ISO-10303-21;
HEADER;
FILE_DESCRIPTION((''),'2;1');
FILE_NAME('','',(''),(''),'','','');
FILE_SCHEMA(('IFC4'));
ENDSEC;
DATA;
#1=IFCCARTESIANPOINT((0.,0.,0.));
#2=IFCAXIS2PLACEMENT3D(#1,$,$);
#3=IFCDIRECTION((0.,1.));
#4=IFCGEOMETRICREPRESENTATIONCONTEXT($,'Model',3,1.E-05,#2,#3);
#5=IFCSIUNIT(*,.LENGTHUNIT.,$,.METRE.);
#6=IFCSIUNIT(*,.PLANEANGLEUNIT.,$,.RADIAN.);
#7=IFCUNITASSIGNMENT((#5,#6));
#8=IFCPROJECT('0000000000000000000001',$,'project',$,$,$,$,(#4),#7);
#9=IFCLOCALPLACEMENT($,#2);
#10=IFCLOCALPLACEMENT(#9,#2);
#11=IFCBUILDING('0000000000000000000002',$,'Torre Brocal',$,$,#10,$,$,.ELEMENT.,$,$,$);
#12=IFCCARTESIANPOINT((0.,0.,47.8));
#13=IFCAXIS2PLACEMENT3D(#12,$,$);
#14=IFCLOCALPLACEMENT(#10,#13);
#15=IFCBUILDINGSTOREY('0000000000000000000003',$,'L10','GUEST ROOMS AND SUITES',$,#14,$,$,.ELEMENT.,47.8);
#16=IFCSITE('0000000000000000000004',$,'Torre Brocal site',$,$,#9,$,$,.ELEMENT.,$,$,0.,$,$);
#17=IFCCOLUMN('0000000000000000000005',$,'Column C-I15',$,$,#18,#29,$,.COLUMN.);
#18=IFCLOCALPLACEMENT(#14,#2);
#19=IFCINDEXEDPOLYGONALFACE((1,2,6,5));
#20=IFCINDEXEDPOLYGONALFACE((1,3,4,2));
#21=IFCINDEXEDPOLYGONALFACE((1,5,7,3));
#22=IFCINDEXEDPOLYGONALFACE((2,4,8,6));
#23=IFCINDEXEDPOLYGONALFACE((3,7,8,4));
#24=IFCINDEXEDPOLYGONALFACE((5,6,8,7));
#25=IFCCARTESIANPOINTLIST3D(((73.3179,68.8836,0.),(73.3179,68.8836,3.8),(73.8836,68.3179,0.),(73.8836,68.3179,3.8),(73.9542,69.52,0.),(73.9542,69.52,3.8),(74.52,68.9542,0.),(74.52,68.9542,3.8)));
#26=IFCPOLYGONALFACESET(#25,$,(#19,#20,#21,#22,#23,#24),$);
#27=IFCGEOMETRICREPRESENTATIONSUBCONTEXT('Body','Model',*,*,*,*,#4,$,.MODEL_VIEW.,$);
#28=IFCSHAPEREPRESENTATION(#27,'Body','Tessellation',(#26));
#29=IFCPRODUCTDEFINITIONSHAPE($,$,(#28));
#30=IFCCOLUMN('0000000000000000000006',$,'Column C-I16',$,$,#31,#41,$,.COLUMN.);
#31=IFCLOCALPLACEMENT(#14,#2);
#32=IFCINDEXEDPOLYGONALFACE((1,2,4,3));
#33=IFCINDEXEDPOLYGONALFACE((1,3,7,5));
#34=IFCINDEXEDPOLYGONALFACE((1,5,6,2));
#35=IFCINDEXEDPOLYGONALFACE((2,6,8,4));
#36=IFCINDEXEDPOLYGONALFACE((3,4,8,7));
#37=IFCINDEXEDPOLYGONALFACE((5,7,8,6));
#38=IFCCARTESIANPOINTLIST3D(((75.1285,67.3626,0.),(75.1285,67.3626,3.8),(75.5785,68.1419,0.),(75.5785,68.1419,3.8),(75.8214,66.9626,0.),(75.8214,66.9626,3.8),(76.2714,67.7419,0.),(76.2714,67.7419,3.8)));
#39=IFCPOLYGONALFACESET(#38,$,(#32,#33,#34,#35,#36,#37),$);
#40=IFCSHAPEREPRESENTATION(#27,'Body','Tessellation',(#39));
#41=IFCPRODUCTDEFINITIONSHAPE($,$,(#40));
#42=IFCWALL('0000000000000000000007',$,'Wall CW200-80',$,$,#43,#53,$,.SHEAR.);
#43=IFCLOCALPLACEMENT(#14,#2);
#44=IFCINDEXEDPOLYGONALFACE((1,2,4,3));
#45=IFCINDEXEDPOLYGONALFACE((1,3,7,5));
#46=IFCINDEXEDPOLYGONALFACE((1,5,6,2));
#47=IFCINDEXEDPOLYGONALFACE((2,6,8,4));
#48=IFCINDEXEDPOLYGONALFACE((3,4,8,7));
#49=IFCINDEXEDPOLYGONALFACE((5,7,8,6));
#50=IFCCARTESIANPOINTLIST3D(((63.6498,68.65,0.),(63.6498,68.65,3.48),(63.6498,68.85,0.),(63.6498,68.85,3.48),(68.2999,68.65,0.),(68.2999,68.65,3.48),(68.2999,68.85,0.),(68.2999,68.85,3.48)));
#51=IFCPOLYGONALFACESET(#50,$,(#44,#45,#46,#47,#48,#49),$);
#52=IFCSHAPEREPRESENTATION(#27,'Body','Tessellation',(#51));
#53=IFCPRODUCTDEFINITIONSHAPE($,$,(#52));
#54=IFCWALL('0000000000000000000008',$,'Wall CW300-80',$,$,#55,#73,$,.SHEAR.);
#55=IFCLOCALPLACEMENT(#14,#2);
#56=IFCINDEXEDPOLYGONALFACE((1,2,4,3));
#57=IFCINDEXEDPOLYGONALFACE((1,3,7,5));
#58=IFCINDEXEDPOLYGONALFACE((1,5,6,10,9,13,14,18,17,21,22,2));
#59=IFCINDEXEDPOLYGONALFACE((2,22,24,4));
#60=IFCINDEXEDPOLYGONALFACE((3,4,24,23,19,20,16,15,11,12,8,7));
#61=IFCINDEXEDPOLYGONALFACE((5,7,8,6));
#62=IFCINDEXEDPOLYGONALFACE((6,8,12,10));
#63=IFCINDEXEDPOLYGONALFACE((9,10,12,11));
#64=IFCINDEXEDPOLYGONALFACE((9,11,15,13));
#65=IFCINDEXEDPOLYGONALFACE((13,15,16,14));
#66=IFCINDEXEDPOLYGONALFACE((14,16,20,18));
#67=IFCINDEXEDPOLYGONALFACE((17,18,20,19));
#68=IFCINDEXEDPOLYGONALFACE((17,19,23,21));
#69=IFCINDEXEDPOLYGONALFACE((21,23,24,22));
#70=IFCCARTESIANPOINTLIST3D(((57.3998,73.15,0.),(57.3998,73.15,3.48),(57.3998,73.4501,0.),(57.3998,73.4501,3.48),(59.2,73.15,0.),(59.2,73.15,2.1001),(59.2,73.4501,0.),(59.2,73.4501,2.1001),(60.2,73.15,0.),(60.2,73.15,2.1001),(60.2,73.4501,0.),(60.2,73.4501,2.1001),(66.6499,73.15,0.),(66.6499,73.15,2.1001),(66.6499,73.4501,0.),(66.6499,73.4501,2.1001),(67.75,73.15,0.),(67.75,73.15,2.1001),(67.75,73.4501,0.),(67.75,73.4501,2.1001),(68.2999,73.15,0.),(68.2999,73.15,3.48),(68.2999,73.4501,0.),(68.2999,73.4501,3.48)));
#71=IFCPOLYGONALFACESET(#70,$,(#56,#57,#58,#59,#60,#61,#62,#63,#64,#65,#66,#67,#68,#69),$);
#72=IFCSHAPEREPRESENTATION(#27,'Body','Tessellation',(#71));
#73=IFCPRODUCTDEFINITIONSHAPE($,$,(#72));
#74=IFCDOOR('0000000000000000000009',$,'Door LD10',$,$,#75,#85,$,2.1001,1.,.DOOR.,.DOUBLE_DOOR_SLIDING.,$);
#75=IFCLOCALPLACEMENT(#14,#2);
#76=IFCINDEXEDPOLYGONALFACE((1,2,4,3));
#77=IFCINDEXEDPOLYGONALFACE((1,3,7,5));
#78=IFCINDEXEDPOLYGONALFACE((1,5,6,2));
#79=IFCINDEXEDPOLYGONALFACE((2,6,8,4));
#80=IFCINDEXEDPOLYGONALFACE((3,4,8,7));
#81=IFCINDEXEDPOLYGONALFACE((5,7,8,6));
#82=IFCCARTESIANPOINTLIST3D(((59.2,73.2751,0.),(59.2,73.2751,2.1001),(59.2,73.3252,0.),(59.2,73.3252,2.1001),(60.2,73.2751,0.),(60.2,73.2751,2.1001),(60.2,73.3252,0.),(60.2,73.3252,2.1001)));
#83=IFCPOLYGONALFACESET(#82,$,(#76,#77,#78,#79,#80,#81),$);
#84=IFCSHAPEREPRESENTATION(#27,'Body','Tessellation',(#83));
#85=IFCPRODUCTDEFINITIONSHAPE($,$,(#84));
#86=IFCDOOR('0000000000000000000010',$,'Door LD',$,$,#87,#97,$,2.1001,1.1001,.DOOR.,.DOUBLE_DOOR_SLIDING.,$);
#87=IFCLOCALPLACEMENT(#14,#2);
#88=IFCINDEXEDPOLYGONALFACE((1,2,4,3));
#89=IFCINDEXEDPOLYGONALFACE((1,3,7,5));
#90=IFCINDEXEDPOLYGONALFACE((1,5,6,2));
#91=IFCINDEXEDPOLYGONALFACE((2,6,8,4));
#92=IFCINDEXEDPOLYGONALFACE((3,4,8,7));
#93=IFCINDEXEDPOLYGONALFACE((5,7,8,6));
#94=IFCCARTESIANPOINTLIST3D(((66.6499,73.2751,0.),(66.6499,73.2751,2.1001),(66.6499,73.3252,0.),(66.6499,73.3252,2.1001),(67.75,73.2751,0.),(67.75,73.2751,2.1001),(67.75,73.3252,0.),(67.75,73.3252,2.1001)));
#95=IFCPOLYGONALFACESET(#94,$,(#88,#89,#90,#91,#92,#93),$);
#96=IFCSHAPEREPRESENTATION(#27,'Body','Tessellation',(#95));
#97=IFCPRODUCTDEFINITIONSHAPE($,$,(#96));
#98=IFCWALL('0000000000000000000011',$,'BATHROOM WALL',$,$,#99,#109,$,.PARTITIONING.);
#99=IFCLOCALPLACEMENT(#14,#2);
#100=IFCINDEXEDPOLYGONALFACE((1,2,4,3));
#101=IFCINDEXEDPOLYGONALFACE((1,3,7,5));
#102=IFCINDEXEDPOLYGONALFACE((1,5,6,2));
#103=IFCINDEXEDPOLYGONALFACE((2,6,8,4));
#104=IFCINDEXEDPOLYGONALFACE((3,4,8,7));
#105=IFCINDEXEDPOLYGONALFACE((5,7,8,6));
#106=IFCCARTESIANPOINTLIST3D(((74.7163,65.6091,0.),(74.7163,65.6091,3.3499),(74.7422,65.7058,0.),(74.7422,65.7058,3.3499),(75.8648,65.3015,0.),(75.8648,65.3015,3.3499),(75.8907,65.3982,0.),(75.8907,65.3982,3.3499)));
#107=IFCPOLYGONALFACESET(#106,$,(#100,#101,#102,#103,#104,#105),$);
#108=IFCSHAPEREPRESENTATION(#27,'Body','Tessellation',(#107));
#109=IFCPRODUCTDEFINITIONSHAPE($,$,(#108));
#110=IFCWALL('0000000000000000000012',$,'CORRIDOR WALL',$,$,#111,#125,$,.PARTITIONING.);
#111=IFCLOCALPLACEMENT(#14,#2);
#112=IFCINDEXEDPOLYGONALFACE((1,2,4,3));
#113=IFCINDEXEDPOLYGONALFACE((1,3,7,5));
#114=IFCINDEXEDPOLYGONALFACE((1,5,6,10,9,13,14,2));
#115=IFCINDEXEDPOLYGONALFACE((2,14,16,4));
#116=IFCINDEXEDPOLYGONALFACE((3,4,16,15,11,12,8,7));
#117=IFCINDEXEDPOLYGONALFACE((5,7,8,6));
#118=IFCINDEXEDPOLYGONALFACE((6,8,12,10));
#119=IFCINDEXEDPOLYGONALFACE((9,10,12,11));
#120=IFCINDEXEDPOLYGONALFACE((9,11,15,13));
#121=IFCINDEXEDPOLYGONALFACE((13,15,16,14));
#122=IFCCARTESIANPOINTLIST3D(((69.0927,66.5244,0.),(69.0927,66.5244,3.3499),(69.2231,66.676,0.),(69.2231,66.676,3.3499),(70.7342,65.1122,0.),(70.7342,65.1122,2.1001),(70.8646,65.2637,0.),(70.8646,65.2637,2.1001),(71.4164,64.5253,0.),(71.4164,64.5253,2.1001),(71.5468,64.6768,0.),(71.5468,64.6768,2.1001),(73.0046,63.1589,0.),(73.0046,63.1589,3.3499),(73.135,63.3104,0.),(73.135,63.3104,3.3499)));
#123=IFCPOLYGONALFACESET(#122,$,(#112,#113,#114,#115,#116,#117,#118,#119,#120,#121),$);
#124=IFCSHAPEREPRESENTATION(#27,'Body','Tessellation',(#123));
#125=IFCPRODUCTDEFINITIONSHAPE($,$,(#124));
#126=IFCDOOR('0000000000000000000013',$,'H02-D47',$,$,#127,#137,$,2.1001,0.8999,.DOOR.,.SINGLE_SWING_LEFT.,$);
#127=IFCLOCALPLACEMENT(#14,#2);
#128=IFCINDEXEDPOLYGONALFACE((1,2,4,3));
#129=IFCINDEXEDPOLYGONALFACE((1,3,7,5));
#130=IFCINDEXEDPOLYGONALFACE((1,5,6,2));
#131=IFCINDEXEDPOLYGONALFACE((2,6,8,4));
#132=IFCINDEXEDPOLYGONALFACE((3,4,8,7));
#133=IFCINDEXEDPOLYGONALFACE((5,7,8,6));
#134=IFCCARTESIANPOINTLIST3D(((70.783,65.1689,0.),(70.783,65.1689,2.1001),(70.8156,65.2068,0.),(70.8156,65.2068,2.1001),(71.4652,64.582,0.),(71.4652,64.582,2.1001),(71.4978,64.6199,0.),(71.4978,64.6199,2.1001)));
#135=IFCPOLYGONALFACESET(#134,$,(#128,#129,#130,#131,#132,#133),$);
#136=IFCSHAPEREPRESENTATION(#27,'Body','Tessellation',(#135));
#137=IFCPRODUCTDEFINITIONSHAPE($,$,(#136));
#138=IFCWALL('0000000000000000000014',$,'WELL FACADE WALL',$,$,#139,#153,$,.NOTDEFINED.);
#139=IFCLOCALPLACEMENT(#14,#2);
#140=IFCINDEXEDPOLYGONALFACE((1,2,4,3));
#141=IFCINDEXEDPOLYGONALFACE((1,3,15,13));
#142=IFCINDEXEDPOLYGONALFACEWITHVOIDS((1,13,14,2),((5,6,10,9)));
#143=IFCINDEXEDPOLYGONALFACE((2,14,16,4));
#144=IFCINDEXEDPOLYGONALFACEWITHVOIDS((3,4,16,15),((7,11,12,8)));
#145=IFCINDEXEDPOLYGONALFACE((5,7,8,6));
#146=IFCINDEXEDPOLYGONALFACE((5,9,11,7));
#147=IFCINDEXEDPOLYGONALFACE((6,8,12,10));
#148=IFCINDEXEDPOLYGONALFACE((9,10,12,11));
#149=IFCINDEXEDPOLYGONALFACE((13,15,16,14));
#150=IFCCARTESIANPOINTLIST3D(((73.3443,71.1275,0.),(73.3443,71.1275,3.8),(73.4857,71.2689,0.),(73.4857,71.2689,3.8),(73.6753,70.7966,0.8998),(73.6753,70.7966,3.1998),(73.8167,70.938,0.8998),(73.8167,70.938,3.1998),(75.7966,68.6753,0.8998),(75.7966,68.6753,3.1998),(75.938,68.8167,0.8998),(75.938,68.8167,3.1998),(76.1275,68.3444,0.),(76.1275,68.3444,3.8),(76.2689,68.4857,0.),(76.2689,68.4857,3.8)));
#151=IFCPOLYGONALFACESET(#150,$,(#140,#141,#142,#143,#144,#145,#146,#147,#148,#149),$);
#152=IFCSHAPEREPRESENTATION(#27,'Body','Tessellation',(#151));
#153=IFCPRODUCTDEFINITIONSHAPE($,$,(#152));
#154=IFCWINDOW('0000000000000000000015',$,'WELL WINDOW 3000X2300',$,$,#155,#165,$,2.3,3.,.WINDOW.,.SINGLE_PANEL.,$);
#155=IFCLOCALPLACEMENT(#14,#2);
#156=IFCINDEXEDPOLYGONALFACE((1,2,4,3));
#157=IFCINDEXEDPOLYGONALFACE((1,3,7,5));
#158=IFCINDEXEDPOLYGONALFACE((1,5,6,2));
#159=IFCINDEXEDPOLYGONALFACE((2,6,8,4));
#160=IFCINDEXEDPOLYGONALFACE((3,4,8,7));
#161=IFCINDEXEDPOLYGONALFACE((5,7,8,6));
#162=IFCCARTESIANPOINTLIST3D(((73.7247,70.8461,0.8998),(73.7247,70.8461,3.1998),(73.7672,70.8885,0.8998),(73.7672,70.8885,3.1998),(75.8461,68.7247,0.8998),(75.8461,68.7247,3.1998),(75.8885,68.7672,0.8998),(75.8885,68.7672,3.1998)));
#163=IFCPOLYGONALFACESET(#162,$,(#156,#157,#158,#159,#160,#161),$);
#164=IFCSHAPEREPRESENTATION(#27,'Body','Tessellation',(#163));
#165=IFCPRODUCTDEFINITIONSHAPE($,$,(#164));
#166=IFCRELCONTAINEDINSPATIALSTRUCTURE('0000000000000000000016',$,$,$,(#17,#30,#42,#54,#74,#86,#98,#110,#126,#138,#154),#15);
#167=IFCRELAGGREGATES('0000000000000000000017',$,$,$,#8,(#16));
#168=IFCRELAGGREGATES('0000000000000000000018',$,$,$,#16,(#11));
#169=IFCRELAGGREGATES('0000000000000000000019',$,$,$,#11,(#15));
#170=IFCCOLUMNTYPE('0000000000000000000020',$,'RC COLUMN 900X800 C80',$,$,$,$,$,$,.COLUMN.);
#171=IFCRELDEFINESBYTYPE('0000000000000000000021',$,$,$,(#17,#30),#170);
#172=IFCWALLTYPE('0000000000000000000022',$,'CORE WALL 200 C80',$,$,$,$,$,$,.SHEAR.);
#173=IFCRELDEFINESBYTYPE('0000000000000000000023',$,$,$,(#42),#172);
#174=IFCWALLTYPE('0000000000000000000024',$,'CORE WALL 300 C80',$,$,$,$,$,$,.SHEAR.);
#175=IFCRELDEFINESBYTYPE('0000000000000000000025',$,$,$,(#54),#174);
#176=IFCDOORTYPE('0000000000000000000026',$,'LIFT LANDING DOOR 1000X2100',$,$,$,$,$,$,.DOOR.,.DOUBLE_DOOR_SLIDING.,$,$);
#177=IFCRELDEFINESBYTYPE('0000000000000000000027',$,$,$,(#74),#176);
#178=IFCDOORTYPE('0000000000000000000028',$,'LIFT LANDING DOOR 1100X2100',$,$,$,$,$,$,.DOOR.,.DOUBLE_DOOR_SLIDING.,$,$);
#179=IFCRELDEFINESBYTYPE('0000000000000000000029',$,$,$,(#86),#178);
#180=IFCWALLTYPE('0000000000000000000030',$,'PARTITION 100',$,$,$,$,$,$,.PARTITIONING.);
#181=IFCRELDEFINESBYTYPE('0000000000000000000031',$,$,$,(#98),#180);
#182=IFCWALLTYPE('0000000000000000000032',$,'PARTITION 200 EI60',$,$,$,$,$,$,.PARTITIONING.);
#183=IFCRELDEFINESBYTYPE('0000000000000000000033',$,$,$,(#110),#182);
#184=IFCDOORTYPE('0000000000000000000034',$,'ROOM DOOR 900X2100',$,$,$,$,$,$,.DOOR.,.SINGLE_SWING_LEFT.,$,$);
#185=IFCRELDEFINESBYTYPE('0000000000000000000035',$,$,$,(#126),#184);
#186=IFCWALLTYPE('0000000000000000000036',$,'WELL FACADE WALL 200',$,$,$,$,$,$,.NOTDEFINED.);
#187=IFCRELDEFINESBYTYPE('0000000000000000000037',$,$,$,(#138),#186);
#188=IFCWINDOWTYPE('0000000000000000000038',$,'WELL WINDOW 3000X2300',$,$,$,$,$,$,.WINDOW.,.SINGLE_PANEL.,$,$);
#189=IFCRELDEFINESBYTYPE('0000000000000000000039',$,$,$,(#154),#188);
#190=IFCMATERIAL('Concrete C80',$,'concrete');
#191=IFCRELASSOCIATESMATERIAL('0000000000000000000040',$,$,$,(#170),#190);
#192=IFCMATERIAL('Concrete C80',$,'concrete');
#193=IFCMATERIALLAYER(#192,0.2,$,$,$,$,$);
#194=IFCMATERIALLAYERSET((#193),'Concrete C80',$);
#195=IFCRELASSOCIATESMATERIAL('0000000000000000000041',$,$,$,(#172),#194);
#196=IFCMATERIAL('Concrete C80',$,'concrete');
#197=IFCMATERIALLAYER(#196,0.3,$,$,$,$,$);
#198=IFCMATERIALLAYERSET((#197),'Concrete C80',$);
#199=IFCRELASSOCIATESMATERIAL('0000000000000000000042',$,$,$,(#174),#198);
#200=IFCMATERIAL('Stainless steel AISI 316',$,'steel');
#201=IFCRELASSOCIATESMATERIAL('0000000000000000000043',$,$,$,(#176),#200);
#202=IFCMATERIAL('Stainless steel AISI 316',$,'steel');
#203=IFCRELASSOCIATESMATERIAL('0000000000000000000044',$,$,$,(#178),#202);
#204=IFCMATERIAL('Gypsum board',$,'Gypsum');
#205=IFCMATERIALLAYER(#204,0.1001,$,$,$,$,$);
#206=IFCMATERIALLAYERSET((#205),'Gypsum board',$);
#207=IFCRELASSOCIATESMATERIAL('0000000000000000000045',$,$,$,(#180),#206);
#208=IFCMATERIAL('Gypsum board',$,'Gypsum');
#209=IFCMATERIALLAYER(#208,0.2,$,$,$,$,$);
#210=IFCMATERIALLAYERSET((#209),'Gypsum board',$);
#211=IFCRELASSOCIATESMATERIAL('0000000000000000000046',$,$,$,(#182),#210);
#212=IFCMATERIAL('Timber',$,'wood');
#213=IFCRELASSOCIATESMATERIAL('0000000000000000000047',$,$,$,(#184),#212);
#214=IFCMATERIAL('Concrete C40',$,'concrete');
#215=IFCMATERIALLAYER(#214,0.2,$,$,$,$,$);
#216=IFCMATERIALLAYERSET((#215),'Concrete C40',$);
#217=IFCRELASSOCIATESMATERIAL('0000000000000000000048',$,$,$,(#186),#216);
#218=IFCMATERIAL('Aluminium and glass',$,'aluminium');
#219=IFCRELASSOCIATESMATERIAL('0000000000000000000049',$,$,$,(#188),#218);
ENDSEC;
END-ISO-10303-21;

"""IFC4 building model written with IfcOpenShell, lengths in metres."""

from ifc_helpers import new_model, si_unit, direction, frame, frame_2d, origin, origin_2d, place, context, subcontext, project, spatial, rectangle, extrude, material, layer, layer_set, material_profile, profile_set, type_object, element, fill, save


model = new_model("IFC4")

# Units and contexts
model_context = context("Model", 3, precision=1e-05, world=origin(), true_north=direction((0.0, 1.0)))
body_context = subcontext(model_context, "Body", "Model", "MODEL_VIEW")
ifc_project = project(units=[si_unit("LENGTHUNIT", "METRE"), si_unit("PLANEANGLEUNIT", "RADIAN")], contexts=[model_context])

# Site, building, storey
site_placement = place(None, origin())
site = spatial("IfcSite", under=ifc_project, at=site_placement, Name="Torre Brocal site", CompositionType="ELEMENT", RefElevation=0.0)
building_placement = place(site_placement, origin())
building = spatial("IfcBuilding", under=site, at=building_placement, Name="Torre Brocal", CompositionType="ELEMENT")
storey_placement = place(building_placement, frame((0.0, 0.0, 47.8)))
storey = spatial("IfcBuildingStorey", under=building, at=storey_placement, Name="L10", Description="GUEST ROOMS AND SUITES", CompositionType="ELEMENT", Elevation=47.8)

# Columns
ifc_material_1 = material(Name="Concrete C80", Category="concrete")
ifc_material_profile = material_profile(ifc_material_1, rectangle(XDim=0.8999, YDim=0.8, at=origin_2d()), Name="RC 900X800")
ifc_profile_set = profile_set([ifc_material_profile], Name="Concrete C80")
column_type = type_object("IfcColumnType", Name="RC COLUMN 900X800 C80", PredefinedType="COLUMN", material=ifc_profile_set)
for number, where, z_axis, x_axis, name in (
    (1, (73.9189, 68.9189, 0.0), (0.0, 0.0, 1.0), (-0.707107, -0.707107, 0.0), "Column C-I15"),
    (2, (75.7, 67.5522, 0.0), (0.0, 0.0, 1.0), (-0.5, -0.866025, 0.0), "Column C-I16"),
):
    element("IfcColumn", number, at=place(storey_placement, frame(where, z_axis=z_axis, x_axis=x_axis)), inside=storey, type_object=column_type, Name=name, PredefinedType="COLUMN", context=body_context, shape_type="SweptSolid", body=[
        extrude(rectangle(XDim=0.8999, YDim=0.8, at=origin_2d()), origin(), (0.0, 0.0, 1.0), 3.8),
    ])

# Wall
ifc_material_2 = material(Name="Concrete C80", Category="concrete")
ifc_layer_1 = layer(ifc_material_2, 0.2)
ifc_layer_set_1 = layer_set([ifc_layer_1], Name="Concrete C80")
wall_type_1 = type_object("IfcWallType", Name="CORE WALL 200 C80", PredefinedType="SHEAR", material=ifc_layer_set_1)
wall_1_placement = place(storey_placement, frame((68.3, 68.75, 0.0), z_axis=(0.0, 0.0, 1.0), x_axis=(-1.0, 0.0, 0.0)))
element("IfcWall", 3, at=wall_1_placement, inside=storey, type_object=wall_type_1, Name="Wall CW200-80", PredefinedType="SHEAR", context=body_context, shape_type="SweptSolid", body=[
    extrude(rectangle(XDim=4.6501, YDim=0.2, at=frame_2d((2.3252, 0.0))), origin(), (0.0, 0.0, 1.0), 3.48),
])

# Wall, openings, doors
ifc_material_3 = material(Name="Concrete C80", Category="concrete")
ifc_layer_2 = layer(ifc_material_3, 0.3)
ifc_layer_set_2 = layer_set([ifc_layer_2], Name="Concrete C80")
wall_type_2 = type_object("IfcWallType", Name="CORE WALL 300 C80", PredefinedType="SHEAR", material=ifc_layer_set_2)
wall_2_placement = place(storey_placement, frame((68.3, 73.3, 0.0), z_axis=(0.0, 0.0, 1.0), x_axis=(-1.0, 0.0, 0.0)))
wall_2 = element("IfcWall", 4, at=wall_2_placement, inside=storey, type_object=wall_type_2, Name="Wall CW300-80", PredefinedType="SHEAR", context=body_context, shape_type="SweptSolid", body=[
    extrude(rectangle(XDim=10.9001, YDim=0.3, at=frame_2d((5.4502, 0.0))), origin(), (0.0, 0.0, 1.0), 3.48),
])
opening_1_placement = place(wall_2_placement, frame((0.55, 0.0, 0.0)))
opening_1 = element("IfcOpeningElement", 5, at=opening_1_placement, cuts=wall_2, PredefinedType="OPENING", context=body_context, shape_type="SweptSolid", body=[
    extrude(rectangle(XDim=1.1001, YDim=2.1001, at=frame_2d((0.55, 1.05))), frame((0.0, 0.1599, 0.0), z_axis=(0.0, -1.0, 0.0), x_axis=(1.0, 0.0, 0.0)), (0.0, 0.0, 1.0), 0.3201),
])
opening_2_placement = place(wall_2_placement, frame((8.1001, 0.0, 0.0)))
opening_2 = element("IfcOpeningElement", 6, at=opening_2_placement, cuts=wall_2, PredefinedType="OPENING", context=body_context, shape_type="SweptSolid", body=[
    extrude(rectangle(XDim=1.0, YDim=2.1001, at=frame_2d((0.5, 1.05))), frame((0.0, 0.1599, 0.0), z_axis=(0.0, -1.0, 0.0), x_axis=(1.0, 0.0, 0.0)), (0.0, 0.0, 1.0), 0.3201),
])
ifc_material_4 = material(Name="Stainless steel AISI 316", Category="steel")
door_type_1 = type_object("IfcDoorType", Name="LIFT LANDING DOOR 1000X2100", OperationType="DOUBLE_DOOR_SLIDING", PredefinedType="DOOR", material=ifc_material_4)
door_1_placement = place(opening_2_placement, origin())
door_1 = element("IfcDoor", 7, at=door_1_placement, inside=storey, type_object=door_type_1, Name="Door LD10", OperationType="DOUBLE_DOOR_SLIDING", OverallHeight=2.1001, OverallWidth=1.0, PredefinedType="DOOR", context=body_context, shape_type="SweptSolid", body=[
    extrude(rectangle(XDim=1.0, YDim=2.1001, at=frame_2d((0.5, 1.05))), frame((0.0, 0.0249, 0.0), z_axis=(0.0, -1.0, 0.0), x_axis=(1.0, 0.0, 0.0)), (0.0, 0.0, 1.0), 0.05),
])
fill(opening_2, door_1)
ifc_material_5 = material(Name="Stainless steel AISI 316", Category="steel")
door_type_2 = type_object("IfcDoorType", Name="LIFT LANDING DOOR 1100X2100", OperationType="DOUBLE_DOOR_SLIDING", PredefinedType="DOOR", material=ifc_material_5)
door_2_placement = place(opening_1_placement, origin())
door_2 = element("IfcDoor", 8, at=door_2_placement, inside=storey, type_object=door_type_2, Name="Door LD", OperationType="DOUBLE_DOOR_SLIDING", OverallHeight=2.1001, OverallWidth=1.1001, PredefinedType="DOOR", context=body_context, shape_type="SweptSolid", body=[
    extrude(rectangle(XDim=1.1001, YDim=2.1001, at=frame_2d((0.55, 1.05))), frame((0.0, 0.0249, 0.0), z_axis=(0.0, -1.0, 0.0), x_axis=(1.0, 0.0, 0.0)), (0.0, 0.0, 1.0), 0.05),
])
fill(opening_1, door_2)

# Wall
ifc_material_6 = material(Name="Gypsum board", Category="Gypsum")
ifc_layer_3 = layer(ifc_material_6, 0.1001)
ifc_layer_set_3 = layer_set([ifc_layer_3], Name="Gypsum board")
wall_type_3 = type_object("IfcWallType", Name="PARTITION 100", PredefinedType="PARTITIONING", material=ifc_layer_set_3)
wall_3_placement = place(storey_placement, frame((74.7292, 65.6575, 0.0), z_axis=(0.0, 0.0, 1.0), x_axis=(0.965948, -0.258736, 0.0)))
element("IfcWall", 9, at=wall_3_placement, inside=storey, type_object=wall_type_3, Name="BATHROOM WALL", PredefinedType="PARTITIONING", context=body_context, shape_type="SweptSolid", body=[
    extrude(rectangle(XDim=1.189, YDim=0.1001, at=frame_2d((0.5945, 0.0))), origin(), (0.0, 0.0, 1.0), 3.3499),
])

# Wall, opening, door
ifc_material_7 = material(Name="Gypsum board", Category="Gypsum")
ifc_layer_4 = layer(ifc_material_7, 0.2)
ifc_layer_set_4 = layer_set([ifc_layer_4], Name="Gypsum board")
wall_type_4 = type_object("IfcWallType", Name="PARTITION 200 EI60", PredefinedType="PARTITIONING", material=ifc_layer_set_4)
wall_4_placement = place(storey_placement, frame((69.158, 66.6001, 0.0), z_axis=(0.0, 0.0, 1.0), x_axis=(0.758063, -0.652181, 0.0)))
wall_4 = element("IfcWall", 10, at=wall_4_placement, inside=storey, type_object=wall_type_4, Name="CORRIDOR WALL", PredefinedType="PARTITIONING", context=body_context, shape_type="SweptSolid", body=[
    extrude(rectangle(XDim=5.1604, YDim=0.2, at=frame_2d((2.5801, 0.0))), origin(), (0.0, 0.0, 1.0), 3.3499),
])
opening_3_placement = place(wall_4_placement, frame((2.1653, 0.0, 0.0)))
opening_3 = element("IfcOpeningElement", 11, at=opening_3_placement, cuts=wall_4, PredefinedType="OPENING", context=body_context, shape_type="SweptSolid", body=[
    extrude(rectangle(XDim=0.8999, YDim=2.1001, at=frame_2d((0.45, 1.05))), frame((0.0, 0.1099, 0.0), z_axis=(0.0, -1.0, 0.0), x_axis=(1.0, 0.0, 0.0)), (0.0, 0.0, 1.0), 0.22),
])
ifc_material_8 = material(Name="Timber", Category="wood")
door_type_3 = type_object("IfcDoorType", Name="ROOM DOOR 900X2100", OperationType="SINGLE_SWING_LEFT", PredefinedType="DOOR", material=ifc_material_8)
door_3_placement = place(opening_3_placement, origin())
door_3 = element("IfcDoor", 12, at=door_3_placement, inside=storey, type_object=door_type_3, Name="H02-D47", OperationType="SINGLE_SWING_LEFT", OverallHeight=2.1001, OverallWidth=0.8999, PredefinedType="DOOR", context=body_context, shape_type="SweptSolid", body=[
    extrude(rectangle(XDim=0.8999, YDim=2.1001, at=frame_2d((0.45, 1.05))), frame((0.0, 0.0249, 0.0), z_axis=(0.0, -1.0, 0.0), x_axis=(1.0, 0.0, 0.0)), (0.0, 0.0, 1.0), 0.05),
])
fill(opening_3, door_3)

# Wall, opening, window
ifc_material_9 = material(Name="Concrete C40", Category="concrete")
ifc_layer_5 = layer(ifc_material_9, 0.2)
ifc_layer_set_5 = layer_set([ifc_layer_5], Name="Concrete C40")
wall_type_5 = type_object("IfcWallType", Name="WELL FACADE WALL 200", PredefinedType="NOTDEFINED", material=ifc_layer_set_5)
wall_5_placement = place(storey_placement, frame((73.415, 71.1982, 0.0), z_axis=(0.0, 0.0, 1.0), x_axis=(0.707107, -0.707107, 0.0)))
wall_5 = element("IfcWall", 13, at=wall_5_placement, inside=storey, type_object=wall_type_5, Name="WELL FACADE WALL", PredefinedType="NOTDEFINED", context=body_context, shape_type="SweptSolid", body=[
    extrude(rectangle(XDim=3.936, YDim=0.2, at=frame_2d((1.968, 0.0))), origin(), (0.0, 0.0, 1.0), 3.8),
])
opening_4_placement = place(wall_5_placement, frame((0.468, 0.0, 0.8999)))
opening_4 = element("IfcOpeningElement", 14, at=opening_4_placement, cuts=wall_5, PredefinedType="OPENING", context=body_context, shape_type="SweptSolid", body=[
    extrude(rectangle(XDim=3.0, YDim=2.3, at=frame_2d((1.5, 1.1499))), frame((0.0, 0.1099, 0.0), z_axis=(0.0, -1.0, 0.0), x_axis=(1.0, 0.0, 0.0)), (0.0, 0.0, 1.0), 0.22),
])
ifc_material_10 = material(Name="Aluminium and glass", Category="aluminium")
window_type = type_object("IfcWindowType", Name="WELL WINDOW 3000X2300", PartitioningType="SINGLE_PANEL", PredefinedType="WINDOW", material=ifc_material_10)
window_1_placement = place(opening_4_placement, origin())
window_1 = element("IfcWindow", 15, at=window_1_placement, inside=storey, type_object=window_type, Name="WELL WINDOW 3000X2300", OverallHeight=2.3, OverallWidth=3.0, PartitioningType="SINGLE_PANEL", PredefinedType="WINDOW", context=body_context, shape_type="SweptSolid", body=[
    extrude(rectangle(XDim=3.0, YDim=2.3, at=frame_2d((1.5, 1.1499))), frame((0.0, 0.03, 0.0), z_axis=(0.0, -1.0, 0.0), x_axis=(1.0, 0.0, 0.0)), (0.0, 0.0, 1.0), 0.0601),
])
fill(opening_4, window_1)

save(model, "model.ifc")
